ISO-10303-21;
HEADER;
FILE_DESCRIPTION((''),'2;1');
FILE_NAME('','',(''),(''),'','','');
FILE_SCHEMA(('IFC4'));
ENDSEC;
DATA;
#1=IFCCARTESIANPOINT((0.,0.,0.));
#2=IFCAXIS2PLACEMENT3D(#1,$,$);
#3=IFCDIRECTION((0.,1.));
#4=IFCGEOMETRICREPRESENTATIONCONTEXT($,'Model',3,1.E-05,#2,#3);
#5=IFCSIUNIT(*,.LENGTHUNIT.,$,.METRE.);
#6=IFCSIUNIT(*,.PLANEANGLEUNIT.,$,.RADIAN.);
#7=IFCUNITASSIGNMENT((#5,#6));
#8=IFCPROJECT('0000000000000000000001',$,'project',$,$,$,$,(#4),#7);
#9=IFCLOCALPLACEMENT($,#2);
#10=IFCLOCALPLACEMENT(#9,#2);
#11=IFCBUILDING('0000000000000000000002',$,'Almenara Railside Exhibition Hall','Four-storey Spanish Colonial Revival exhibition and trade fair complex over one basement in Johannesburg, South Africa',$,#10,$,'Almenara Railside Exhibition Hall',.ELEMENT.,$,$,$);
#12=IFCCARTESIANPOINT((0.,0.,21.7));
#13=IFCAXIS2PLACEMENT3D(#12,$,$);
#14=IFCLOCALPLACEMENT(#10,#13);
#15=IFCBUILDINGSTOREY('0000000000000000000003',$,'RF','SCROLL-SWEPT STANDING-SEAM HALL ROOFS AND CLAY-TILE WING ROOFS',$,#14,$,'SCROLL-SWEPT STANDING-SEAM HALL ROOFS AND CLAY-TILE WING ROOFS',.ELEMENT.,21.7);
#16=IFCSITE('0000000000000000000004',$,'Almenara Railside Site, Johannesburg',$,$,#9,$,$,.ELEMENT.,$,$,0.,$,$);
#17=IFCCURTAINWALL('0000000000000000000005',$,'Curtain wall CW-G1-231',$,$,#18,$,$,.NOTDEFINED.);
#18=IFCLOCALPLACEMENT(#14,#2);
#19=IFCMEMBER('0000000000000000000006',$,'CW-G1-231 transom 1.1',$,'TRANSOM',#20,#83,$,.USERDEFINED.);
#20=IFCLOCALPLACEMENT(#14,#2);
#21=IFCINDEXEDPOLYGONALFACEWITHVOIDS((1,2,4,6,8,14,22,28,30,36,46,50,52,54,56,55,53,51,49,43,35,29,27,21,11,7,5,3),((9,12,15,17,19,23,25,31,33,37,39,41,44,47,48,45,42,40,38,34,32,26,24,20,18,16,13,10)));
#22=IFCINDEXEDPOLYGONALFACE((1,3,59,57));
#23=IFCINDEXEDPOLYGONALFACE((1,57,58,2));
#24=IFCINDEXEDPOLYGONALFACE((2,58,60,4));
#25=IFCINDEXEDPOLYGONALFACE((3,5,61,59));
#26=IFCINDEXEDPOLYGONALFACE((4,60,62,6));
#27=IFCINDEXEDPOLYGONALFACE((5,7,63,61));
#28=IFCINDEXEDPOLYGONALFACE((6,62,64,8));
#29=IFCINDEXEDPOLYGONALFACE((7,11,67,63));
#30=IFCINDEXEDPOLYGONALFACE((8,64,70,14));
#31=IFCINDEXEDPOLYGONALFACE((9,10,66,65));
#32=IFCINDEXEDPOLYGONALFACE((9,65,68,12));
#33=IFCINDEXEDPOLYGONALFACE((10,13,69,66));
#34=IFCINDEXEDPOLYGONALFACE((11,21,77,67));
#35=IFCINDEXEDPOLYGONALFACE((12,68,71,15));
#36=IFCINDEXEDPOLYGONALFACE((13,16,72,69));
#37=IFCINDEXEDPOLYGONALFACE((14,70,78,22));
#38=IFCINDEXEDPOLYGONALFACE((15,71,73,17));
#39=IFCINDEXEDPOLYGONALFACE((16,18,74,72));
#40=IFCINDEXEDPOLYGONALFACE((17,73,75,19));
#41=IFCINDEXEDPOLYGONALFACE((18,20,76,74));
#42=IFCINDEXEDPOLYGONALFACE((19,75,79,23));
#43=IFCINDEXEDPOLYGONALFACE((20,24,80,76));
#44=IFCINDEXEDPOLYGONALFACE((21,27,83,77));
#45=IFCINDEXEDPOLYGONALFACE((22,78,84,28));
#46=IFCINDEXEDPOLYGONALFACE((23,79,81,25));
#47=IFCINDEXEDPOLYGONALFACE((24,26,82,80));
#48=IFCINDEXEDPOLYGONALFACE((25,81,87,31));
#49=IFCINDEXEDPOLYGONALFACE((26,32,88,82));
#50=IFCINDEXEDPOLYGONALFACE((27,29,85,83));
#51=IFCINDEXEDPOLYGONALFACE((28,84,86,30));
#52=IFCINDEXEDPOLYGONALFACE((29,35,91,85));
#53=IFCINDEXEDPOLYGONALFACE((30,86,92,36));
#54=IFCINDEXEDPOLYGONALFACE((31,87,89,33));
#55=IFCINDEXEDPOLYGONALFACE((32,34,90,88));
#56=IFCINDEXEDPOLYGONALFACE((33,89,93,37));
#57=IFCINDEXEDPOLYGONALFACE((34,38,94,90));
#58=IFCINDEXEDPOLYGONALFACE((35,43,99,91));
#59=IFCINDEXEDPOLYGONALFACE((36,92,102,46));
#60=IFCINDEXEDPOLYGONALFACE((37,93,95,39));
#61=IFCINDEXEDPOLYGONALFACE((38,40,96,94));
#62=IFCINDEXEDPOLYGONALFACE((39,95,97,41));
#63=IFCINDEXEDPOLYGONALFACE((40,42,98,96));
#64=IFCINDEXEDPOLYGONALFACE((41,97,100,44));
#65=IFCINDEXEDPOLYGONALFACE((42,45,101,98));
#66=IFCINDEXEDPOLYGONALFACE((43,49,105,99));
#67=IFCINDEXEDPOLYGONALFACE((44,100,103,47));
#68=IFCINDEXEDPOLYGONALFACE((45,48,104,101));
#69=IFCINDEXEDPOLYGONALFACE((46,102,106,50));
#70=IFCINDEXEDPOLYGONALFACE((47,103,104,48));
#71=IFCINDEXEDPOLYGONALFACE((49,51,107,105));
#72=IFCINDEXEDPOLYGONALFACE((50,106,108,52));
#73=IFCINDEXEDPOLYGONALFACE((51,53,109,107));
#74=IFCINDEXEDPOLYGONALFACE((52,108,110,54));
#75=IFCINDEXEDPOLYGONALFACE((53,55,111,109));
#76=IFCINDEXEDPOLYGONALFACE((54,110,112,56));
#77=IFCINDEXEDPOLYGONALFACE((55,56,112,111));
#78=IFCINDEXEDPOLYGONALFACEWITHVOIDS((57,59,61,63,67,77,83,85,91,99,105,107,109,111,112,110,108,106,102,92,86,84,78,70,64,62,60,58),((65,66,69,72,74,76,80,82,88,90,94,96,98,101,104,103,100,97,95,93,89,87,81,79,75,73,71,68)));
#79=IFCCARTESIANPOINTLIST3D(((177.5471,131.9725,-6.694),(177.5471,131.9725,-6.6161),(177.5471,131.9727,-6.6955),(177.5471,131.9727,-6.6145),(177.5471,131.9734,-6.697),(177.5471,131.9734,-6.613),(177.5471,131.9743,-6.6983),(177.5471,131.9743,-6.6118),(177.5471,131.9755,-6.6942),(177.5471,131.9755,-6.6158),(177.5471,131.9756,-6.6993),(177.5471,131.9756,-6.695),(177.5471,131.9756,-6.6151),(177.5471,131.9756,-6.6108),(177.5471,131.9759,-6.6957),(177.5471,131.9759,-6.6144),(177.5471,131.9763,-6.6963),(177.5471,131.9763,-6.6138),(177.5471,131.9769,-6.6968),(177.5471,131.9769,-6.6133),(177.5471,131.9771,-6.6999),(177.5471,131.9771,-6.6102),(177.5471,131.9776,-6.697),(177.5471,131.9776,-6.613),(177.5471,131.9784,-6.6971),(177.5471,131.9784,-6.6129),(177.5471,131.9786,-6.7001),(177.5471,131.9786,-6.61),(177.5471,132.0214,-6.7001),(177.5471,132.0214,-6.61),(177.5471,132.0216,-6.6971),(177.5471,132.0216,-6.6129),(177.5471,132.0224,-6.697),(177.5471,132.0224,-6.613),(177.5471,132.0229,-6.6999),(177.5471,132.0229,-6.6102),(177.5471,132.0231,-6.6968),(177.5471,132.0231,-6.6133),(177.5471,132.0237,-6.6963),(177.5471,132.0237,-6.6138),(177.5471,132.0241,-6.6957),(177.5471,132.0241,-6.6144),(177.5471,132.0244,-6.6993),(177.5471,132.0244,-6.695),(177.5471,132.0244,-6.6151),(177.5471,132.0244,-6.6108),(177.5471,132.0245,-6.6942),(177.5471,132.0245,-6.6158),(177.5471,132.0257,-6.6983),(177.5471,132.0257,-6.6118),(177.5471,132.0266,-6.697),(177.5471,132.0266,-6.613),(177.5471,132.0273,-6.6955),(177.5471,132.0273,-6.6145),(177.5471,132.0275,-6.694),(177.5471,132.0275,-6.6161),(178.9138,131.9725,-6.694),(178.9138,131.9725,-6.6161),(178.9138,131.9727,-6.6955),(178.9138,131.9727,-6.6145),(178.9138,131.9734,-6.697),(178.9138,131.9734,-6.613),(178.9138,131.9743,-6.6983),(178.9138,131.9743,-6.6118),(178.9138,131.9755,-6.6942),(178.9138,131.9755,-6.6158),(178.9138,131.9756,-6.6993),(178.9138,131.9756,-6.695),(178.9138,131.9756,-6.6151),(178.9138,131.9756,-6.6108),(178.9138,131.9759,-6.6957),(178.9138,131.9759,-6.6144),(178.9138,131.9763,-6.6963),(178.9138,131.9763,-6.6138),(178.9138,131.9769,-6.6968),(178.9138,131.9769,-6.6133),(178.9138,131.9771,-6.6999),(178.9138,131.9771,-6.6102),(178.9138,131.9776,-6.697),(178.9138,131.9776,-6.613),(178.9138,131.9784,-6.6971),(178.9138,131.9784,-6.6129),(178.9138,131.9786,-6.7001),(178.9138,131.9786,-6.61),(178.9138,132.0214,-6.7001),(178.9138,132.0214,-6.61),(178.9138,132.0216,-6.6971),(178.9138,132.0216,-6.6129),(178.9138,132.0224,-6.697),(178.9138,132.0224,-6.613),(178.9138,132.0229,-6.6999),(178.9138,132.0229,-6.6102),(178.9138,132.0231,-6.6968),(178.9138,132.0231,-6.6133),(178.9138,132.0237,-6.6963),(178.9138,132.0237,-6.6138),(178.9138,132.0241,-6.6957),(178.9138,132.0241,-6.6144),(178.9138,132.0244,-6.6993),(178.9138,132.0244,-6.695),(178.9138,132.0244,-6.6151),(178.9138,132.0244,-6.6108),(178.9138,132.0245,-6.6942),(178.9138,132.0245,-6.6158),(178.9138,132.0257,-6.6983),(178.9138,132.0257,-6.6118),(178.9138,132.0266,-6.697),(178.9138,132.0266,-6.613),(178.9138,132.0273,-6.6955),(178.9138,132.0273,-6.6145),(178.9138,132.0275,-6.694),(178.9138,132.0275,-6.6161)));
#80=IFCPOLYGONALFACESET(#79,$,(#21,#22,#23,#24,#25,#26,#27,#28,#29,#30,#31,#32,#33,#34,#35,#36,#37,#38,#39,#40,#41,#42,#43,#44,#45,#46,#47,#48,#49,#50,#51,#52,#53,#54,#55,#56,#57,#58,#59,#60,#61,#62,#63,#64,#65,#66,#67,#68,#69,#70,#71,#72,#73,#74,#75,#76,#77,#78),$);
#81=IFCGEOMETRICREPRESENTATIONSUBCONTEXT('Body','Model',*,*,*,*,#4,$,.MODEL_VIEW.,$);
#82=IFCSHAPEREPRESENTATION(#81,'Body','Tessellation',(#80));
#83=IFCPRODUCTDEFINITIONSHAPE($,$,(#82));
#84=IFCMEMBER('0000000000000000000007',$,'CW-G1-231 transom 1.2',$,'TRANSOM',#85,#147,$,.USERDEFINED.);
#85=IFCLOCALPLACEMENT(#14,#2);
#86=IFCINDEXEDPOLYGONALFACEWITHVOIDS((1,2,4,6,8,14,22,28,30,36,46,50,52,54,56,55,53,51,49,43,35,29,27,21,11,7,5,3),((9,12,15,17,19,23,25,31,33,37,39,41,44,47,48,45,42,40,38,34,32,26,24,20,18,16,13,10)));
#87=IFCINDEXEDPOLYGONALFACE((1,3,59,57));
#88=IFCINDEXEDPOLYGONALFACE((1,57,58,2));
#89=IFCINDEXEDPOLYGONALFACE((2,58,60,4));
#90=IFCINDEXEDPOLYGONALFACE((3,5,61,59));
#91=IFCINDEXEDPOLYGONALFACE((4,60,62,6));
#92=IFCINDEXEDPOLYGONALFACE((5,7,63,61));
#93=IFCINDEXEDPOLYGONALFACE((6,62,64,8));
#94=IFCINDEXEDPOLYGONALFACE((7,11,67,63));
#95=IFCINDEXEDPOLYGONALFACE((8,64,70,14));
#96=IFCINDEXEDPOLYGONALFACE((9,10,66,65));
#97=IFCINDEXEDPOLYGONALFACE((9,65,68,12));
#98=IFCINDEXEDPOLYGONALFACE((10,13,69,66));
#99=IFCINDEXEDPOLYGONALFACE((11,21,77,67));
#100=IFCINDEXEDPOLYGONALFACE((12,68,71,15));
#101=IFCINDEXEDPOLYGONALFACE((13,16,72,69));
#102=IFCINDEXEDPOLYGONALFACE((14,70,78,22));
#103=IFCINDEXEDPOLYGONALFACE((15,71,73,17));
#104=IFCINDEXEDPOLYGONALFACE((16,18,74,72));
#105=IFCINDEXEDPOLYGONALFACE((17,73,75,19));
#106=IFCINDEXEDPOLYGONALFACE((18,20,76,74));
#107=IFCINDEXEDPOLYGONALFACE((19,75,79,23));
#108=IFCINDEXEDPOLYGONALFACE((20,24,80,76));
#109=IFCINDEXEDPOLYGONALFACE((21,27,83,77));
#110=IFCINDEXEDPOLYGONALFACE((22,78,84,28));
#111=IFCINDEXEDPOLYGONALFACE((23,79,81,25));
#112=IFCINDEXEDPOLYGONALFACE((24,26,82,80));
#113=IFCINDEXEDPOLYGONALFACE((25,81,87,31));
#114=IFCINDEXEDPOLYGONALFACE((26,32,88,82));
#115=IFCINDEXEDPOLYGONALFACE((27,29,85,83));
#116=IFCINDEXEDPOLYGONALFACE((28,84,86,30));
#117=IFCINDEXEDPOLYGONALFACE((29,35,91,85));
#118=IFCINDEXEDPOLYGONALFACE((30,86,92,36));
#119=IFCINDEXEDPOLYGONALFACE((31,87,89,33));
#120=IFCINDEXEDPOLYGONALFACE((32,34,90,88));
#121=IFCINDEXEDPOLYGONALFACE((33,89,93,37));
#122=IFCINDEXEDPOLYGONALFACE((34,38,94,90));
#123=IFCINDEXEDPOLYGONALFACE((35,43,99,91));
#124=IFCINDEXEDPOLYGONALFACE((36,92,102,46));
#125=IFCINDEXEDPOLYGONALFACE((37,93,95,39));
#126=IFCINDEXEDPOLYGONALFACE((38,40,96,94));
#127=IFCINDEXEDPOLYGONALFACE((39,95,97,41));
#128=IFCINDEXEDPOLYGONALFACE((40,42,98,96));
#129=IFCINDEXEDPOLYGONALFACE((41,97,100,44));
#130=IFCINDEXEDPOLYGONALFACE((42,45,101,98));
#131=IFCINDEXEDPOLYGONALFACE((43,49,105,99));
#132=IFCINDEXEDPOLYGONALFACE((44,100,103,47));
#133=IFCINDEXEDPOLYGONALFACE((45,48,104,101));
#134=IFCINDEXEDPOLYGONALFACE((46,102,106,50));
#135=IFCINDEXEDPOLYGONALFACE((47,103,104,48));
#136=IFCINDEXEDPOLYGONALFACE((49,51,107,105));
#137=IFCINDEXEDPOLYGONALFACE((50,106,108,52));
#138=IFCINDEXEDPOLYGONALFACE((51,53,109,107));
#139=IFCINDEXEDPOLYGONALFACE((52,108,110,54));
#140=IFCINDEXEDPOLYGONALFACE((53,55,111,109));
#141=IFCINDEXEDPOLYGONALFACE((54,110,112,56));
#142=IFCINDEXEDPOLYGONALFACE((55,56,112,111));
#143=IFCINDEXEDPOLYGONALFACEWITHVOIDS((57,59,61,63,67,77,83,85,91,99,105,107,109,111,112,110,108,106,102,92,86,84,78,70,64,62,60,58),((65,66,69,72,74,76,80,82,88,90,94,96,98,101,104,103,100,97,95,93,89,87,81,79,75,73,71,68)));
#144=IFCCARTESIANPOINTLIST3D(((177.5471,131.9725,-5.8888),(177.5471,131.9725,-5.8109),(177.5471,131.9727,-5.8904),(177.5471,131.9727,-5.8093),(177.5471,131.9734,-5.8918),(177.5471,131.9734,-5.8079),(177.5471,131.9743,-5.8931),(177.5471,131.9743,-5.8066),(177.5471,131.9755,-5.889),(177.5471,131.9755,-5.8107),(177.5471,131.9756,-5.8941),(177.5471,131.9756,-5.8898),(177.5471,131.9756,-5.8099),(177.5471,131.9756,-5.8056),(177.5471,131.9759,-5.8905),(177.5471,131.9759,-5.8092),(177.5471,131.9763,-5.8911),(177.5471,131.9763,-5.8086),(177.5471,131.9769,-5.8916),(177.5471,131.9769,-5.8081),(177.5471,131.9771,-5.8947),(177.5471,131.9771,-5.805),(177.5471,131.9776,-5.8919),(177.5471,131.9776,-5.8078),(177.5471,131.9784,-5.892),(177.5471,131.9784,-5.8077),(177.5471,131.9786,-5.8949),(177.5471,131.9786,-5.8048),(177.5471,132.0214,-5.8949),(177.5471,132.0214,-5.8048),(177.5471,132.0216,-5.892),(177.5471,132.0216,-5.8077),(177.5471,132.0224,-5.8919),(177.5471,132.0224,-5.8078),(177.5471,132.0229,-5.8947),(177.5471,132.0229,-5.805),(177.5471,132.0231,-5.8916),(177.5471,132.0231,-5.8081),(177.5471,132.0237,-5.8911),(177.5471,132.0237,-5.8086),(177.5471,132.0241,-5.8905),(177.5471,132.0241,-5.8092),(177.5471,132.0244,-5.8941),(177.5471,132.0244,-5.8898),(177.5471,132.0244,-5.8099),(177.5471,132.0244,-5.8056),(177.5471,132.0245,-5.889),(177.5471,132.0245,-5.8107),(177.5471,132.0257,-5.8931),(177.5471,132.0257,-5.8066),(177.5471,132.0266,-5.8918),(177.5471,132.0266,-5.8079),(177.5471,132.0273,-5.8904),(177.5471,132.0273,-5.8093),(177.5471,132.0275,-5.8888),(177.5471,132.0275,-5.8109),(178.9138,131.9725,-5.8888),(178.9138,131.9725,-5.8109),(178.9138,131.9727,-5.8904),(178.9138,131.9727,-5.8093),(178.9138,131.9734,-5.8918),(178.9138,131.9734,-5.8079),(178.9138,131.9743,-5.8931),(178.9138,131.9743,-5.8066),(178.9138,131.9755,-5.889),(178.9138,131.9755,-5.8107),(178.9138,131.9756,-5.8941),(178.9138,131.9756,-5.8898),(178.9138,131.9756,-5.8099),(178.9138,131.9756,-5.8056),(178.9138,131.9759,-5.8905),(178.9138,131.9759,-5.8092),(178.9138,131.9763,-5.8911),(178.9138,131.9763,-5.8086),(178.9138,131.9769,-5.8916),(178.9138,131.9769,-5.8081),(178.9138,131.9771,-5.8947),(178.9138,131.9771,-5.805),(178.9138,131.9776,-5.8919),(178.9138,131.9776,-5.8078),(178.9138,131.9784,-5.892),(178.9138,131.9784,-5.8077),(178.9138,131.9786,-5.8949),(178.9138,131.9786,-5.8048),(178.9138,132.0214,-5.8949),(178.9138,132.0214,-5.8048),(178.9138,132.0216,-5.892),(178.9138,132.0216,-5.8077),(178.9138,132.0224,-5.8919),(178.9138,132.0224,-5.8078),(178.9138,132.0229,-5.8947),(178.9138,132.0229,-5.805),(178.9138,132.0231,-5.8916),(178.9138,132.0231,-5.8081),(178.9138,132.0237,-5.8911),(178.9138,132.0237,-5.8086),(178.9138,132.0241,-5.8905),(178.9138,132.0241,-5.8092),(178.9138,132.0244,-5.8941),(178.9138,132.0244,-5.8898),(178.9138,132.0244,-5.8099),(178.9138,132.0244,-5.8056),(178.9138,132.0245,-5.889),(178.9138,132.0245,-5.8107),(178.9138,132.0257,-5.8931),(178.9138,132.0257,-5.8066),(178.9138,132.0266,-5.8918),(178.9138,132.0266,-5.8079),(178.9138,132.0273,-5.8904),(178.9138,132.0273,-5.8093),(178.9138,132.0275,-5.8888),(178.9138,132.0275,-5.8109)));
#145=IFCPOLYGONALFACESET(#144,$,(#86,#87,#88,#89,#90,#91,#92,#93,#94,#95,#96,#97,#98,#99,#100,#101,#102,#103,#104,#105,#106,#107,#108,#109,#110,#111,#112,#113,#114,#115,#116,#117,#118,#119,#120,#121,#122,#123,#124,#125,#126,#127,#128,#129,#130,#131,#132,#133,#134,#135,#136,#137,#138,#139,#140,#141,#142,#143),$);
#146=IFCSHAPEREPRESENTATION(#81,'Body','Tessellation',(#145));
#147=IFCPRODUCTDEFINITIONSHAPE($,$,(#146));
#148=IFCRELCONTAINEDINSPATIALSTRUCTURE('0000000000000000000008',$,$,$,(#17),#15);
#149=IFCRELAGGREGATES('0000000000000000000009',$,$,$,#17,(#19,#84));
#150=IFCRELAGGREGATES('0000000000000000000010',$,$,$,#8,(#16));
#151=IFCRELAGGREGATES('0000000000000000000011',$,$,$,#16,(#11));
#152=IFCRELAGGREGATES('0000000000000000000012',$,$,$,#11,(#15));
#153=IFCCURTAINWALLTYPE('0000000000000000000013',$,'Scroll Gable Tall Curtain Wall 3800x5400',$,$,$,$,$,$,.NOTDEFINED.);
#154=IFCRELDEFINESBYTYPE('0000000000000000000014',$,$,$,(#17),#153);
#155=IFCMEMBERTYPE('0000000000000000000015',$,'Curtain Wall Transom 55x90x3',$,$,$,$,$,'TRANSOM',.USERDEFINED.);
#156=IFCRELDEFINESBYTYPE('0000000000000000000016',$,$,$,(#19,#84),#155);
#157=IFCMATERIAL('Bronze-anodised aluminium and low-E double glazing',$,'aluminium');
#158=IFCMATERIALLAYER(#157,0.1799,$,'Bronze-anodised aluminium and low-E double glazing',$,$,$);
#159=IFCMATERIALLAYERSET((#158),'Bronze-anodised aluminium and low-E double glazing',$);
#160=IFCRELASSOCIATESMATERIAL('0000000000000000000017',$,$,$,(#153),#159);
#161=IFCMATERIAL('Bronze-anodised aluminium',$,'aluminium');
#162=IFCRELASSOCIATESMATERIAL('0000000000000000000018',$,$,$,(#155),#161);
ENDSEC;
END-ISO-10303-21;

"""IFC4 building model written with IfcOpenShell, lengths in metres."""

from ifc_helpers import new_model, si_unit, direction, frame, origin, origin_2d, place, context, subcontext, project, spatial, hollow_rectangle, extrude, material, layer, layer_set, material_profile, profile_set, type_object, element, aggregate, save


model = new_model("IFC4")

# Units and contexts
model_context = context("Model", 3, precision=1e-05, world=origin(), true_north=direction((0.0, 1.0)))
body_context = subcontext(model_context, "Body", "Model", "MODEL_VIEW")
ifc_project = project(units=[si_unit("LENGTHUNIT", "METRE"), si_unit("PLANEANGLEUNIT", "RADIAN")], contexts=[model_context])

# Site, building, storey
site_placement = place(None, origin())
site = spatial("IfcSite", under=ifc_project, at=site_placement, Name="Almenara Railside Site, Johannesburg", CompositionType="ELEMENT", RefElevation=0.0)
building_placement = place(site_placement, origin())
building = spatial("IfcBuilding", under=site, at=building_placement, Name="Almenara Railside Exhibition Hall", Description="Four-storey Spanish Colonial Revival exhibition and trade fair complex over one basement in Johannesburg, South Africa", LongName="Almenara Railside Exhibition Hall", CompositionType="ELEMENT")
storey_placement = place(building_placement, frame((0.0, 0.0, 21.7)))
storey = spatial("IfcBuildingStorey", under=building, at=storey_placement, Name="RF", Description="SCROLL-SWEPT STANDING-SEAM HALL ROOFS AND CLAY-TILE WING ROOFS", LongName="SCROLL-SWEPT STANDING-SEAM HALL ROOFS AND CLAY-TILE WING ROOFS", CompositionType="ELEMENT", Elevation=21.7)

# Curtain wall
ifc_material_1 = material(Name="Bronze-anodised aluminium and low-E double glazing", Category="aluminium")
ifc_layer_1 = layer(ifc_material_1, 0.1799, Name="Bronze-anodised aluminium and low-E double glazing")
ifc_layer_set_1 = layer_set([ifc_layer_1], Name="Bronze-anodised aluminium and low-E double glazing")
curtain_wall_type = type_object("IfcCurtainWallType", Name="Scroll Gable Tall Curtain Wall 3800x5400", PredefinedType="NOTDEFINED", material=ifc_layer_set_1)
curtain_wall_1_placement = place(storey_placement, origin())
curtain_wall_1 = element("IfcCurtainWall", 1, at=curtain_wall_1_placement, inside=storey, type_object=curtain_wall_type, Name="Curtain wall CW-G1-231", PredefinedType="NOTDEFINED")
ifc_material_2 = material(Name="Bronze-anodised aluminium", Category="aluminium")

# Members
ifc_material_profile_1 = material_profile(ifc_material_2, hollow_rectangle(XDim=0.0549, YDim=0.0901, WallThickness=0.0029, InnerFilletRadius=0.0029, OuterFilletRadius=0.0061, at=origin_2d()), Name="ALU-TRN 55x90x3")
ifc_profile_set_1 = profile_set([ifc_material_profile_1], Name="Bronze-anodised aluminium")
member_type_1 = type_object("IfcMemberType", Name="Curtain Wall Transom 55x90x3", ElementType="TRANSOM", PredefinedType="USERDEFINED", material=ifc_profile_set_1)
member_1_placement = place(storey_placement, frame((177.5471, 132.0, -6.655), z_axis=(1.0, 0.0, 0.0), x_axis=(0.0, 1.0, 0.0)))
member_1 = element("IfcMember", 2, at=member_1_placement, type_object=member_type_1, Name="CW-G1-231 transom 1.1", ObjectType="TRANSOM", PredefinedType="USERDEFINED", context=body_context, shape_type="SweptSolid", body=[
    extrude(hollow_rectangle(XDim=0.0549, YDim=0.0901, WallThickness=0.0029, InnerFilletRadius=0.0029, OuterFilletRadius=0.0061, at=origin_2d()), origin(), (0.0, 0.0, 1.0), 1.3667),
])
member_2_placement = place(storey_placement, frame((177.5471, 132.0, -5.8499), z_axis=(1.0, 0.0, 0.0), x_axis=(0.0, 1.0, 0.0)))
member_2 = element("IfcMember", 3, at=member_2_placement, type_object=member_type_1, Name="CW-G1-231 transom 1.2", ObjectType="TRANSOM", PredefinedType="USERDEFINED", context=body_context, shape_type="SweptSolid", body=[
    extrude(hollow_rectangle(XDim=0.0549, YDim=0.0901, WallThickness=0.0029, InnerFilletRadius=0.0029, OuterFilletRadius=0.0061, at=origin_2d()), origin(), (0.0, 0.0, 1.0), 1.3667),
])

aggregate(curtain_wall_1, [member_1, member_2])

save(model, "model.ifc")
